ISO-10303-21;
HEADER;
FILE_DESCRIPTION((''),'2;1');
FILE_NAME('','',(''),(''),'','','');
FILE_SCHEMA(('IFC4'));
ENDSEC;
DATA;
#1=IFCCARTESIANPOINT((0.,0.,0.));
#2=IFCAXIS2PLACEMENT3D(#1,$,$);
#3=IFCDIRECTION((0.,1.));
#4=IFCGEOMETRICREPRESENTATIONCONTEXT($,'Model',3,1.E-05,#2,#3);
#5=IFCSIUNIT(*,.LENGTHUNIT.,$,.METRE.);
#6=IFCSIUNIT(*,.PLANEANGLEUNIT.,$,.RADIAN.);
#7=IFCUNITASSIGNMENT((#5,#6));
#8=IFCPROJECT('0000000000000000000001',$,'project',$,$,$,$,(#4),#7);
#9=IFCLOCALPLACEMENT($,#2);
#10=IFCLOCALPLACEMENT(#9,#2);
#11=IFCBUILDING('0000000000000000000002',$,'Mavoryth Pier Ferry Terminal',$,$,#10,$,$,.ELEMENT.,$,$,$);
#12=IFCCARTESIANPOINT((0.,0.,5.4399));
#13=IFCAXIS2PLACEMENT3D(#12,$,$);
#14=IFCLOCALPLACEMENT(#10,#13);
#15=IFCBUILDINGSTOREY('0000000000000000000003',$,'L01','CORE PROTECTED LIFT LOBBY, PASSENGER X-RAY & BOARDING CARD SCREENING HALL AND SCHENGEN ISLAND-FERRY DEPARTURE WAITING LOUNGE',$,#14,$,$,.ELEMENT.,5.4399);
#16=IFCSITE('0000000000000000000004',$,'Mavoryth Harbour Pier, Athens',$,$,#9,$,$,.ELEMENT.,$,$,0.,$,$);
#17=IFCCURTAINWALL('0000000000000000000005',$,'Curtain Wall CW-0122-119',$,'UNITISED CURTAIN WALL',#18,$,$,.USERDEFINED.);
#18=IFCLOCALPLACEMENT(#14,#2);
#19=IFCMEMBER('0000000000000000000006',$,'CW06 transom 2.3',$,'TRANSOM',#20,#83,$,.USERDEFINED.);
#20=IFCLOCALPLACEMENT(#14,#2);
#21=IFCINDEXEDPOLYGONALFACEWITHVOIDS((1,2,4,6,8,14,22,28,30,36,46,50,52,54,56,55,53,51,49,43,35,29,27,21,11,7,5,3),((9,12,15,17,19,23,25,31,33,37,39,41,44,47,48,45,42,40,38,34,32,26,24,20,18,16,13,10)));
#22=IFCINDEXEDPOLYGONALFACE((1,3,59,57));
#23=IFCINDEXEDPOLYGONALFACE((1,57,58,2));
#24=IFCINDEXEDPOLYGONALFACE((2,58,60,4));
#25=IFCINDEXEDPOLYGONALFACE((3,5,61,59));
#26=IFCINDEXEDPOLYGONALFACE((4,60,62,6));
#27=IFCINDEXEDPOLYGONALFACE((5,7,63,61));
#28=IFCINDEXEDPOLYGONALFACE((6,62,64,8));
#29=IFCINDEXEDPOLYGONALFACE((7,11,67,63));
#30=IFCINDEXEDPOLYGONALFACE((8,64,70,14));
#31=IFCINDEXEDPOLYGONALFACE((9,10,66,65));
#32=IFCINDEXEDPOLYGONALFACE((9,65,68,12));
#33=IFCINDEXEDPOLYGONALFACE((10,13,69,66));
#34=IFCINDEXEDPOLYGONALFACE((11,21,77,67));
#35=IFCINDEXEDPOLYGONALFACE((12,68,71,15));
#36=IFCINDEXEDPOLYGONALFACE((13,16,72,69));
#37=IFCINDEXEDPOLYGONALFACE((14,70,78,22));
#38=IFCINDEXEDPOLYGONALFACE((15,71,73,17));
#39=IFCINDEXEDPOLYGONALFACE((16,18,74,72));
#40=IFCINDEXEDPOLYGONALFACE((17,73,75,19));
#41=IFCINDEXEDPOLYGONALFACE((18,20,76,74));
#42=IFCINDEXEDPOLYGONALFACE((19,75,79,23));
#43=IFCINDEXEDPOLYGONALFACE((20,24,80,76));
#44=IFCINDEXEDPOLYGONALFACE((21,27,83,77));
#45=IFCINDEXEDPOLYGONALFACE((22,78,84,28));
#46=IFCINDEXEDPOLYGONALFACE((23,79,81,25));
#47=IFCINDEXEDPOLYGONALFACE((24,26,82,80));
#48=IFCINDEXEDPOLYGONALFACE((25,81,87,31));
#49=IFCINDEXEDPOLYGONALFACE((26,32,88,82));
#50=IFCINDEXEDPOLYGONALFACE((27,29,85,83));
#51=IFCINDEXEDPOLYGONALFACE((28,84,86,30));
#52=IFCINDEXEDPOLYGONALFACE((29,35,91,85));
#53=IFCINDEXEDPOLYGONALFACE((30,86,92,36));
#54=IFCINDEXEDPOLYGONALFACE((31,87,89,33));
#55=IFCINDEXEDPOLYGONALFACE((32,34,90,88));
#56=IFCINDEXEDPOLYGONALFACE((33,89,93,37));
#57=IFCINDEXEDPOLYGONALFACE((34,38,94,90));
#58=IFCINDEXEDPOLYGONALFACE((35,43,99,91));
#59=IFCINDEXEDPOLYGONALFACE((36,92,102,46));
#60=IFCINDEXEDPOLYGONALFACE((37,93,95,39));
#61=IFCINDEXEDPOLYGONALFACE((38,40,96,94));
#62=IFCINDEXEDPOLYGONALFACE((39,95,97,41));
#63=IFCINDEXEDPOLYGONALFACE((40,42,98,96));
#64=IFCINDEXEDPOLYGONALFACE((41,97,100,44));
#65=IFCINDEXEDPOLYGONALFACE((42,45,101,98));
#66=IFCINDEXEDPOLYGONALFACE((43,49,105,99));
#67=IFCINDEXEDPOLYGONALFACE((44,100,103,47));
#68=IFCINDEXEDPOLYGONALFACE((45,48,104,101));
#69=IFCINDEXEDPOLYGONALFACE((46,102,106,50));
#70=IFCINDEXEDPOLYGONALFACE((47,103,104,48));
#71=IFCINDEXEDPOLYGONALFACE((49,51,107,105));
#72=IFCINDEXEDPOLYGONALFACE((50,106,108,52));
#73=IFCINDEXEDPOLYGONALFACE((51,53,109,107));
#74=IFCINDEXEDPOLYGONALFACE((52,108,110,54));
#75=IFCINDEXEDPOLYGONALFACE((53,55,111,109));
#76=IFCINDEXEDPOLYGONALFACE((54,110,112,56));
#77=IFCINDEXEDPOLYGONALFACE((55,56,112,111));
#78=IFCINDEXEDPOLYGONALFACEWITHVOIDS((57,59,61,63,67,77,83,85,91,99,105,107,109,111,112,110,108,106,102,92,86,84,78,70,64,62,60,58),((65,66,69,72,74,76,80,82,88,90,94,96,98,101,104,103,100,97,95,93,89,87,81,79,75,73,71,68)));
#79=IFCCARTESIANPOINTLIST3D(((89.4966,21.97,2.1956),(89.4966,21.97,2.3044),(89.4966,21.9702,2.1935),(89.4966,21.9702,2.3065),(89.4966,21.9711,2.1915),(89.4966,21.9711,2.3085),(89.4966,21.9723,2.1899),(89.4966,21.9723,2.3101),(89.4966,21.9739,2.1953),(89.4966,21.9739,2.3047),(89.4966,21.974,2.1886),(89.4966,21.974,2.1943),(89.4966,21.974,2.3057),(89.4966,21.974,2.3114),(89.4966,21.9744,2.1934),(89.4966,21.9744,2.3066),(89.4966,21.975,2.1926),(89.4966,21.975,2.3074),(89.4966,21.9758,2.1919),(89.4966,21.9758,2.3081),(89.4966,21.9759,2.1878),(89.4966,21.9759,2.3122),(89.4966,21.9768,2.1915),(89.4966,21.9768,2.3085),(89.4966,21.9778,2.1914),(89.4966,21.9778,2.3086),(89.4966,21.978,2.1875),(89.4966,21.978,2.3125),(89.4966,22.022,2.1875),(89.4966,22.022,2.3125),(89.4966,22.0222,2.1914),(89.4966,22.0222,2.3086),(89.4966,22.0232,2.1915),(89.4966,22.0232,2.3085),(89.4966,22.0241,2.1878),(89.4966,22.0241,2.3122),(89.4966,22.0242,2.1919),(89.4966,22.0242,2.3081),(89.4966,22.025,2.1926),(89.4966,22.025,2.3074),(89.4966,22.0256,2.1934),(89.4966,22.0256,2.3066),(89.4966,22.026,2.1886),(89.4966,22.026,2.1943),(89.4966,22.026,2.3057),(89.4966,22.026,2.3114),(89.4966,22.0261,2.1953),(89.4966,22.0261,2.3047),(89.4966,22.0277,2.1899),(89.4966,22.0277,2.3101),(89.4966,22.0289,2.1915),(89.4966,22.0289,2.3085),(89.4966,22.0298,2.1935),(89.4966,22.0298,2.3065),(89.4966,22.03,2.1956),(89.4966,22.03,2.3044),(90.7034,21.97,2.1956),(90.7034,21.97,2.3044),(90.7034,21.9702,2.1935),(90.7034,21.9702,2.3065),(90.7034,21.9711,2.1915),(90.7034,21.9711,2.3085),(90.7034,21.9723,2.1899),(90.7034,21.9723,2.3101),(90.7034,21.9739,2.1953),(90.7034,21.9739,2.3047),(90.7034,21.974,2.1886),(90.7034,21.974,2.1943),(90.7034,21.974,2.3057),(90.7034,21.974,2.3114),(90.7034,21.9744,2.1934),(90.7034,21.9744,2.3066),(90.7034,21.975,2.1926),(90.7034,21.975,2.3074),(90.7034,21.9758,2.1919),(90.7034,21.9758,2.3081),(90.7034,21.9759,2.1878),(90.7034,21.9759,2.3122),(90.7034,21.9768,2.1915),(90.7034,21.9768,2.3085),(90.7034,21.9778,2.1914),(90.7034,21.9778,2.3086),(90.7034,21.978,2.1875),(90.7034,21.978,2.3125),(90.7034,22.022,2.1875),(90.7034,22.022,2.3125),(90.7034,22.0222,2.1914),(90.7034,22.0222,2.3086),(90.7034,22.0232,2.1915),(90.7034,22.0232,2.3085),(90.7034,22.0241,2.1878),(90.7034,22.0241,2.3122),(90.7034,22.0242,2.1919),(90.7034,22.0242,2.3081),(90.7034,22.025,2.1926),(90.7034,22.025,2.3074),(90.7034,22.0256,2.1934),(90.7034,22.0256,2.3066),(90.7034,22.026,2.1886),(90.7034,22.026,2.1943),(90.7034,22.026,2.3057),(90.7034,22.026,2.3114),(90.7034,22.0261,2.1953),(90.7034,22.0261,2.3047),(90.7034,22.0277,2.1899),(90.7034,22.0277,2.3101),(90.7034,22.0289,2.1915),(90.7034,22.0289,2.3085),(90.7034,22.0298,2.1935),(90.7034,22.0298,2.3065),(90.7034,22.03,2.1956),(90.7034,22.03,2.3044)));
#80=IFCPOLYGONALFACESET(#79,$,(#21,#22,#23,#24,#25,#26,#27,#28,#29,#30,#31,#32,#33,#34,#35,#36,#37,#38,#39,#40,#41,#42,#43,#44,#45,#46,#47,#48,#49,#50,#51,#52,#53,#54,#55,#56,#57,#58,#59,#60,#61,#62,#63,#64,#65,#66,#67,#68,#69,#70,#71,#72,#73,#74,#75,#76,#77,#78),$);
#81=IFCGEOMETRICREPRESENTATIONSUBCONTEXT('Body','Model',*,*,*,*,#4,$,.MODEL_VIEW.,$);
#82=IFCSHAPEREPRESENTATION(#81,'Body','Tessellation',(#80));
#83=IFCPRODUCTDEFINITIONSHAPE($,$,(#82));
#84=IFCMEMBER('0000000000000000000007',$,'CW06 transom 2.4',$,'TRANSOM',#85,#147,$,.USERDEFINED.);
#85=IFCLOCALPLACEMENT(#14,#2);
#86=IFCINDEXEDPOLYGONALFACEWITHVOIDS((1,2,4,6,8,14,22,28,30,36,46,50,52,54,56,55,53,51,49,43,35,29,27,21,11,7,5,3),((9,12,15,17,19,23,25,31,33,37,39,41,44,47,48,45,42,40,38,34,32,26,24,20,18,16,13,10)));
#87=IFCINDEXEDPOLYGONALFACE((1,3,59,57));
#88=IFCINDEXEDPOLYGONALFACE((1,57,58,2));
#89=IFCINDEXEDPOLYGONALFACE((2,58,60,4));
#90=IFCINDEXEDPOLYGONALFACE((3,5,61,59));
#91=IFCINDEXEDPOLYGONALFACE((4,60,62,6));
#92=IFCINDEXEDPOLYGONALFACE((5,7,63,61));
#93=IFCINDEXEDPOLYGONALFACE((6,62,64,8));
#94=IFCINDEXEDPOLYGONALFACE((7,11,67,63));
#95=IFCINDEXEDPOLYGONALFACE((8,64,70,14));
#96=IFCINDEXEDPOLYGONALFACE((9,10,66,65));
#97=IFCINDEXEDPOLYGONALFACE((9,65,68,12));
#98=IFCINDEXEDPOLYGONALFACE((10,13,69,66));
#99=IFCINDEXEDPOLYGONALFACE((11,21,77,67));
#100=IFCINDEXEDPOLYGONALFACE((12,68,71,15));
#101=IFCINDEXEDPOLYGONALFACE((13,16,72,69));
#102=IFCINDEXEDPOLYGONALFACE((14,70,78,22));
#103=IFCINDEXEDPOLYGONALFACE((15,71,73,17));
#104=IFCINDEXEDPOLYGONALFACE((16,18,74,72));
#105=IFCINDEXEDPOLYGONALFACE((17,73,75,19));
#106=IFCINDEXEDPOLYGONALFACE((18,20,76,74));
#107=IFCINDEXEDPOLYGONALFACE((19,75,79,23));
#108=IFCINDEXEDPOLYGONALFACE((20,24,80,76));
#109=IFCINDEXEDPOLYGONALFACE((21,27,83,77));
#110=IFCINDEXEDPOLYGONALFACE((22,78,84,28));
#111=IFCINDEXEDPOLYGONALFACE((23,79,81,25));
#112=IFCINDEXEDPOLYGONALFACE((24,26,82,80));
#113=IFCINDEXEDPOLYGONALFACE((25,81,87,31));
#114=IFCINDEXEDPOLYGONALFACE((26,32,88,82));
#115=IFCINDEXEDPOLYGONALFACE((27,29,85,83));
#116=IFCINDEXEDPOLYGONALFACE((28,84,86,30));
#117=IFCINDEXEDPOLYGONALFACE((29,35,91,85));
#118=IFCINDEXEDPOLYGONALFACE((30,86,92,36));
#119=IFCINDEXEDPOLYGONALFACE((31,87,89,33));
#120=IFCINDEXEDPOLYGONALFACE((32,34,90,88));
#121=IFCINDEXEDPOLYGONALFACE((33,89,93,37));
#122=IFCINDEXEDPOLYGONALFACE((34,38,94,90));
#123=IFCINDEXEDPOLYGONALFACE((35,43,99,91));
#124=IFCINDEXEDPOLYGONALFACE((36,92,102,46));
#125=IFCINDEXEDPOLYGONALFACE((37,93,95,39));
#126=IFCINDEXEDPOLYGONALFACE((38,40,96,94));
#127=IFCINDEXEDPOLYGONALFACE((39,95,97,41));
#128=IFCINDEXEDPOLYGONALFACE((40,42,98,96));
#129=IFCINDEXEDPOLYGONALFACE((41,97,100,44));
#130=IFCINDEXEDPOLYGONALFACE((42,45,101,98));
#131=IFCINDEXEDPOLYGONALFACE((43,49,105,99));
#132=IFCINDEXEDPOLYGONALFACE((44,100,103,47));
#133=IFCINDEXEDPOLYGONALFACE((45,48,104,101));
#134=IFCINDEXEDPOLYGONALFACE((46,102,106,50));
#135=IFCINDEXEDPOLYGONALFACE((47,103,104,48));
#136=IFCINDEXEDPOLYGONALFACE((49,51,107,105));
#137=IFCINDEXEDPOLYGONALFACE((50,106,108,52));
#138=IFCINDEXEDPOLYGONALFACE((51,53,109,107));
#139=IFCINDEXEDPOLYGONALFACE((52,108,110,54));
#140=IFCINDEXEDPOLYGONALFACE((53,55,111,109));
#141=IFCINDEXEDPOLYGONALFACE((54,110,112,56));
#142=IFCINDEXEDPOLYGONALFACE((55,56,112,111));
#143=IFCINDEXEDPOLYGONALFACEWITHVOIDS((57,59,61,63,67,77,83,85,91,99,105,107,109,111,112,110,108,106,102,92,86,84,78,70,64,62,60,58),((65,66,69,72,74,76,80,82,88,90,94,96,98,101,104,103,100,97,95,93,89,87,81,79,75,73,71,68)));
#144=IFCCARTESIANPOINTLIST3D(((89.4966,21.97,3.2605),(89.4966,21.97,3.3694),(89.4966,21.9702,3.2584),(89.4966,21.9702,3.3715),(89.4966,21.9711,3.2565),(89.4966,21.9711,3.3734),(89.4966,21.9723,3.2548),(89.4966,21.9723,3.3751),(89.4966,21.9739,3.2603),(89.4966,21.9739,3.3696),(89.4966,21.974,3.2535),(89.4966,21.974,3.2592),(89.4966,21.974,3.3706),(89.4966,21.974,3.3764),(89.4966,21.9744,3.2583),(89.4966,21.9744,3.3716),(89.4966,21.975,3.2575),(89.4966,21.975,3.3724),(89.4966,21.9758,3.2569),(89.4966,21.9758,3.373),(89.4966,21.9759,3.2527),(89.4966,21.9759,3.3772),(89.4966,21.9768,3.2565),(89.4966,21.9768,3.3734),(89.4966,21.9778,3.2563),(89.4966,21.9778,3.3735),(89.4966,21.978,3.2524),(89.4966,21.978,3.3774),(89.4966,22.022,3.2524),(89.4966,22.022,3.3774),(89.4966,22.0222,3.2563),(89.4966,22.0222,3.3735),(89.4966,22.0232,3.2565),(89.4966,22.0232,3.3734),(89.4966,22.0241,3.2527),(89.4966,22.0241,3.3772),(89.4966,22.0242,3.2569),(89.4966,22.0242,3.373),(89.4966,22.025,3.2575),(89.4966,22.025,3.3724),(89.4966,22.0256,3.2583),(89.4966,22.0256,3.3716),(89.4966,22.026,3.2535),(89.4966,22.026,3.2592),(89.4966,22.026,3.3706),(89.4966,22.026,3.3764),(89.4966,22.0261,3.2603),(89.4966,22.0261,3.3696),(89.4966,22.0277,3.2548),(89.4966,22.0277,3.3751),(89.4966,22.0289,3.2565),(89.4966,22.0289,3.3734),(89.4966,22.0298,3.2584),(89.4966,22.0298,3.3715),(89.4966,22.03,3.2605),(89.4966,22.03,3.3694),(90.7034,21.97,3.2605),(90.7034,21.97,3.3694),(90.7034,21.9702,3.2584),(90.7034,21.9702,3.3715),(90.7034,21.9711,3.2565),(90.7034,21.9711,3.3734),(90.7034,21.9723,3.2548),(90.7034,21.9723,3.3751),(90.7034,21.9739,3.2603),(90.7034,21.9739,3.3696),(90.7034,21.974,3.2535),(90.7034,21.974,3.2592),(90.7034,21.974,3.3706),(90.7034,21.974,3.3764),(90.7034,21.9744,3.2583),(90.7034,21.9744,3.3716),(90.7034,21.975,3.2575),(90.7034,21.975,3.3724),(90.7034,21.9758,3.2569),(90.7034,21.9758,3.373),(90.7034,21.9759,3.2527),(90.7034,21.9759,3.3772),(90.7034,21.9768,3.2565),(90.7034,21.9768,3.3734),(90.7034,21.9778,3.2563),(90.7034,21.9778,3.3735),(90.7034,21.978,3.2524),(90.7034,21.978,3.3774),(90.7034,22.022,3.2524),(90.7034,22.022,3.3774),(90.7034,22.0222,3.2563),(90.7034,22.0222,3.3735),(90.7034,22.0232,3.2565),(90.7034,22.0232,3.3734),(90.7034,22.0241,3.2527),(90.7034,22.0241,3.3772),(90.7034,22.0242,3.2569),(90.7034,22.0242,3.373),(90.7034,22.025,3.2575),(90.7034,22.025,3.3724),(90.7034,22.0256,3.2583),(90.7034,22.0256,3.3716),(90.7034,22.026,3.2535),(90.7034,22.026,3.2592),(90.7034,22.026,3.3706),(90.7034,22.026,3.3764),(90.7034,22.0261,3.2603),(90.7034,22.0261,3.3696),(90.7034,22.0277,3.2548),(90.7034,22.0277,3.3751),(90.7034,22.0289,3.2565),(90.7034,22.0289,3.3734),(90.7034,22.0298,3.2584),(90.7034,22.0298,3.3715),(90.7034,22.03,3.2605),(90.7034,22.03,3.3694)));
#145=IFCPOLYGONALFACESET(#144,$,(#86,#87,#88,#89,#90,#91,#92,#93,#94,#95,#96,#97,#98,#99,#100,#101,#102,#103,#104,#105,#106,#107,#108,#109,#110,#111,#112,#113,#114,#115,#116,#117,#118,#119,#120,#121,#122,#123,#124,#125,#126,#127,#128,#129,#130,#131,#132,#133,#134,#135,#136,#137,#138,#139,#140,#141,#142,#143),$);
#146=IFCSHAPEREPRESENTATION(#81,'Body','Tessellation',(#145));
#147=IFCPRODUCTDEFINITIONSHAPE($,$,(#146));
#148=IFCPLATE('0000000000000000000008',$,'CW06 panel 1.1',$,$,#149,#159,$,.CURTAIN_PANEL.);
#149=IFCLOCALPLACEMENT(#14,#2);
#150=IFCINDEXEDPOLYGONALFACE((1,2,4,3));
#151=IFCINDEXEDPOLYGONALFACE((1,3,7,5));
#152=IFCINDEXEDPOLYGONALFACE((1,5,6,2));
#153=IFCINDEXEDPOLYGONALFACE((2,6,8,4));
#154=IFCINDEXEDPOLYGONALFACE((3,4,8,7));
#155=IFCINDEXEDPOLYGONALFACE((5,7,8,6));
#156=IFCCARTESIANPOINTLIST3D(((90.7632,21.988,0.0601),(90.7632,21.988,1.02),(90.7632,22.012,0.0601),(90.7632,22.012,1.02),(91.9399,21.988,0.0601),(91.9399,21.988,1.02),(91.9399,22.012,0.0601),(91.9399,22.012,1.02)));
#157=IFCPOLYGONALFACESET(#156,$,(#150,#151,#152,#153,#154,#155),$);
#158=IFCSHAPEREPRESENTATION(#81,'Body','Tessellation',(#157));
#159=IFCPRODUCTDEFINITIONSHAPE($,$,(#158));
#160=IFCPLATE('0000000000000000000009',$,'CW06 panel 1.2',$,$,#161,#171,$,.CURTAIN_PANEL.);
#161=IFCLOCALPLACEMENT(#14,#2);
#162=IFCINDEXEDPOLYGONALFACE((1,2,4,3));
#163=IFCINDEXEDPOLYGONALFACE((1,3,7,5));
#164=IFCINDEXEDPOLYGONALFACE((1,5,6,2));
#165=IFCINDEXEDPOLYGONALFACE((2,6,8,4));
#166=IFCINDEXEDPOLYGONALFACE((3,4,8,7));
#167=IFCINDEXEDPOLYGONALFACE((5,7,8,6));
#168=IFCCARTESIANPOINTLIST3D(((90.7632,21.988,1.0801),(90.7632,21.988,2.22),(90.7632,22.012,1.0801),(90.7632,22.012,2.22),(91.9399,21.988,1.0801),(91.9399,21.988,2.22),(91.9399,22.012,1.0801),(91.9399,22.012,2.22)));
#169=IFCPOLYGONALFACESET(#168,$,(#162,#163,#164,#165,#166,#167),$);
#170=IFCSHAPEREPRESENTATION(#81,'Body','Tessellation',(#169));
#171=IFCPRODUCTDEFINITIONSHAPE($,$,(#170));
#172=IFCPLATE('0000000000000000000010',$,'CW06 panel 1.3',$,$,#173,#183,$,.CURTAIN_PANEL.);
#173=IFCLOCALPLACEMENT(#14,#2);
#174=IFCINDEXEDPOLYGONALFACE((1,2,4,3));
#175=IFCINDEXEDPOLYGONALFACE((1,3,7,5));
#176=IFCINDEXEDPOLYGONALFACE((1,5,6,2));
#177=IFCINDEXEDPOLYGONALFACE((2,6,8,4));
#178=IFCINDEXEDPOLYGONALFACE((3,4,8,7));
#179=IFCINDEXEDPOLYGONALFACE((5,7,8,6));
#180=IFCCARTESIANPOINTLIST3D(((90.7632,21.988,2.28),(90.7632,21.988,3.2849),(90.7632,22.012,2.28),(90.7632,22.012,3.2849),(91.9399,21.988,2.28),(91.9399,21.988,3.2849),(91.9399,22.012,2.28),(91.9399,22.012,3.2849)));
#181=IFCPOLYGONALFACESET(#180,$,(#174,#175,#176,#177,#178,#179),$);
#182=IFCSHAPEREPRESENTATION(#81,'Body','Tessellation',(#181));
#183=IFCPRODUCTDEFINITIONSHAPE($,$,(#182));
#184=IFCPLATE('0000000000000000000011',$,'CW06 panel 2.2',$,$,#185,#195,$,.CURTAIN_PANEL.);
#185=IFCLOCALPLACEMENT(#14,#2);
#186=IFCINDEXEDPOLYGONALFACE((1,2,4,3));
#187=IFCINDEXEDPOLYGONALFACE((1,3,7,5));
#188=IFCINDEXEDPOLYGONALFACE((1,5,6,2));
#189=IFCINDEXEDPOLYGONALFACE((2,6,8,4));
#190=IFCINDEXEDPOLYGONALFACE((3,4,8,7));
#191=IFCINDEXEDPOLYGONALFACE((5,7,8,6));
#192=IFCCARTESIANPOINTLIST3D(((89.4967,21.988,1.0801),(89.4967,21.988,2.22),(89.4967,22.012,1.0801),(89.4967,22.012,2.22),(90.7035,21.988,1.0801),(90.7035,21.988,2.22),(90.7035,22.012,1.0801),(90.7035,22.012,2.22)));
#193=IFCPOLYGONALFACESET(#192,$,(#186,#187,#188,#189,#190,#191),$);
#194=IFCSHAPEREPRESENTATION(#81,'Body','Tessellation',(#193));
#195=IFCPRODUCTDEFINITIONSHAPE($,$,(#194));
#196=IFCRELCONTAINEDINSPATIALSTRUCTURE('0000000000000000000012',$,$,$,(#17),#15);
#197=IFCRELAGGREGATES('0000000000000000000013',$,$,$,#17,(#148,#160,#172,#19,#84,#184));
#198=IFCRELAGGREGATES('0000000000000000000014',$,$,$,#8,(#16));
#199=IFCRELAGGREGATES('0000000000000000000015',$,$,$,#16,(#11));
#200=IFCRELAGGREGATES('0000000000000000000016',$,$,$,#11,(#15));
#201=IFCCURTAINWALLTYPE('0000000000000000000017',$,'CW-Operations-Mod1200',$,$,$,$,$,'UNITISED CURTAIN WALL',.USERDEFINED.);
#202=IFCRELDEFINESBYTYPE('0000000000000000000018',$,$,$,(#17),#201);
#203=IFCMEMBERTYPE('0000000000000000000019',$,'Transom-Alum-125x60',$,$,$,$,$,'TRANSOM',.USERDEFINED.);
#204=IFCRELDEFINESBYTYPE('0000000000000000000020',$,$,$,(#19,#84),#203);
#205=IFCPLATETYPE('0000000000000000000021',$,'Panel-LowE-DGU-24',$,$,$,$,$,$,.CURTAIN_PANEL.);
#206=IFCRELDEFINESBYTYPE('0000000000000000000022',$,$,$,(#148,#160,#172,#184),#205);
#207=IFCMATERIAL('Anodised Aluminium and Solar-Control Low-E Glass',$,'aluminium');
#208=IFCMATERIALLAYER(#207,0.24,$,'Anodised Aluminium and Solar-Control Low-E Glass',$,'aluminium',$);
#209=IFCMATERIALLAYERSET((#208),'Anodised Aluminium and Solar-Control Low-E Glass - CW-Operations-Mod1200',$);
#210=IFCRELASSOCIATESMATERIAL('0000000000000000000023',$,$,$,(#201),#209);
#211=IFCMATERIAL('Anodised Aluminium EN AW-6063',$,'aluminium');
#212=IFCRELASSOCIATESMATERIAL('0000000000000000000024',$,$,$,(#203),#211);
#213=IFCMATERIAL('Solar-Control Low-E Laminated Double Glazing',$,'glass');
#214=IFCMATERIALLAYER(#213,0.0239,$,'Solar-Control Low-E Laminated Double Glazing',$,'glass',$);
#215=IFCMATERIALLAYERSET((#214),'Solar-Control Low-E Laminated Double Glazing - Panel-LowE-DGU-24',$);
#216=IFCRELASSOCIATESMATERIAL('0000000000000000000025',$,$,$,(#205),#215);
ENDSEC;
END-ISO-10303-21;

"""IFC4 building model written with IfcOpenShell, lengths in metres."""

from ifc_helpers import new_model, si_unit, direction, frame, origin, origin_2d, place, context, subcontext, project, spatial, rectangle, hollow_rectangle, extrude, material, layer, layer_set, material_profile, profile_set, type_object, element, aggregate, save


model = new_model("IFC4")

# Units and contexts
model_context = context("Model", 3, precision=1e-05, world=origin(), true_north=direction((0.0, 1.0)))
body_context = subcontext(model_context, "Body", "Model", "MODEL_VIEW")
ifc_project = project(units=[si_unit("LENGTHUNIT", "METRE"), si_unit("PLANEANGLEUNIT", "RADIAN")], contexts=[model_context])

# Site, building, storey
site_placement = place(None, origin())
site = spatial("IfcSite", under=ifc_project, at=site_placement, Name="Mavoryth Harbour Pier, Athens", CompositionType="ELEMENT", RefElevation=0.0)
building_placement = place(site_placement, origin())
building = spatial("IfcBuilding", under=site, at=building_placement, Name="Mavoryth Pier Ferry Terminal", CompositionType="ELEMENT")
storey_placement = place(building_placement, frame((0.0, 0.0, 5.4399)))
storey = spatial("IfcBuildingStorey", under=building, at=storey_placement, Name="L01", Description="CORE PROTECTED LIFT LOBBY, PASSENGER X-RAY & BOARDING CARD SCREENING HALL AND SCHENGEN ISLAND-FERRY DEPARTURE WAITING LOUNGE", CompositionType="ELEMENT", Elevation=5.4399)

# Curtain wall
ifc_material_1 = material(Name="Anodised Aluminium and Solar-Control Low-E Glass", Category="aluminium")
ifc_layer_1 = layer(ifc_material_1, 0.24, Name="Anodised Aluminium and Solar-Control Low-E Glass", Category="aluminium")
ifc_layer_set_1 = layer_set([ifc_layer_1], Name="Anodised Aluminium and Solar-Control Low-E Glass - CW-Operations-Mod1200")
curtain_wall_type = type_object("IfcCurtainWallType", Name="CW-Operations-Mod1200", ElementType="UNITISED CURTAIN WALL", PredefinedType="USERDEFINED", material=ifc_layer_set_1)
curtain_wall_placement = place(storey_placement, origin())
curtain_wall = element("IfcCurtainWall", 1, at=curtain_wall_placement, inside=storey, type_object=curtain_wall_type, Name="Curtain Wall CW-0122-119", ObjectType="UNITISED CURTAIN WALL", PredefinedType="USERDEFINED")
ifc_material_2 = material(Name="Anodised Aluminium EN AW-6063", Category="aluminium")

# Members
ifc_material_profile_1 = material_profile(ifc_material_2, hollow_rectangle(XDim=0.0601, YDim=0.125, WallThickness=0.0039, InnerFilletRadius=0.0039, OuterFilletRadius=0.0081, at=origin_2d()), Name="AL-TRAN 125x60x4", Category="aluminium")
ifc_profile_set_1 = profile_set([ifc_material_profile_1], Name="Anodised Aluminium EN AW-6063 - AL-TRAN 125x60x4")
member_type_1 = type_object("IfcMemberType", Name="Transom-Alum-125x60", ElementType="TRANSOM", PredefinedType="USERDEFINED", material=ifc_profile_set_1)
member_1_placement = place(storey_placement, frame((90.7034, 22.0, 2.25), z_axis=(-1.0, 0.0, 0.0), x_axis=(0.0, -1.0, 0.0)))
member_1 = element("IfcMember", 2, at=member_1_placement, type_object=member_type_1, Name="CW06 transom 2.3", ObjectType="TRANSOM", PredefinedType="USERDEFINED", context=body_context, shape_type="SweptSolid", body=[
    extrude(hollow_rectangle(XDim=0.0601, YDim=0.125, WallThickness=0.0039, InnerFilletRadius=0.0039, OuterFilletRadius=0.0081, at=origin_2d()), origin(), (0.0, 0.0, 1.0), 1.2068),
])
member_2_placement = place(storey_placement, frame((90.7034, 22.0, 3.3149), z_axis=(-1.0, 0.0, 0.0), x_axis=(0.0, -1.0, 0.0)))
member_2 = element("IfcMember", 3, at=member_2_placement, type_object=member_type_1, Name="CW06 transom 2.4", ObjectType="TRANSOM", PredefinedType="USERDEFINED", context=body_context, shape_type="SweptSolid", body=[
    extrude(hollow_rectangle(XDim=0.0601, YDim=0.125, WallThickness=0.0039, InnerFilletRadius=0.0039, OuterFilletRadius=0.0081, at=origin_2d()), origin(), (0.0, 0.0, 1.0), 1.2068),
])

# Plates
ifc_material_3 = material(Name="Solar-Control Low-E Laminated Double Glazing", Category="glass")
ifc_layer_2 = layer(ifc_material_3, 0.0239, Name="Solar-Control Low-E Laminated Double Glazing", Category="glass")
ifc_layer_set_2 = layer_set([ifc_layer_2], Name="Solar-Control Low-E Laminated Double Glazing - Panel-LowE-DGU-24")
plate_type = type_object("IfcPlateType", Name="Panel-LowE-DGU-24", PredefinedType="CURTAIN_PANEL", material=ifc_layer_set_2)
plate_1_placement = place(storey_placement, frame((91.3516, 22.0, 0.0601), z_axis=(0.0, 0.0, 1.0), x_axis=(-1.0, 0.0, 0.0)))
plate_1 = element("IfcPlate", 4, at=plate_1_placement, type_object=plate_type, Name="CW06 panel 1.1", PredefinedType="CURTAIN_PANEL", context=body_context, shape_type="SweptSolid", body=[
    extrude(rectangle(XDim=1.1768, YDim=0.0239, at=origin_2d()), origin(), (0.0, 0.0, 1.0), 0.96),
])
plate_2_placement = place(storey_placement, frame((91.3516, 22.0, 1.0801), z_axis=(0.0, 0.0, 1.0), x_axis=(-1.0, 0.0, 0.0)))
plate_2 = element("IfcPlate", 5, at=plate_2_placement, type_object=plate_type, Name="CW06 panel 1.2", PredefinedType="CURTAIN_PANEL", context=body_context, shape_type="SweptSolid", body=[
    extrude(rectangle(XDim=1.1768, YDim=0.0239, at=origin_2d()), origin(), (0.0, 0.0, 1.0), 1.1399),
])
plate_3_placement = place(storey_placement, frame((91.3516, 22.0, 2.28), z_axis=(0.0, 0.0, 1.0), x_axis=(-1.0, 0.0, 0.0)))
plate_3 = element("IfcPlate", 6, at=plate_3_placement, type_object=plate_type, Name="CW06 panel 1.3", PredefinedType="CURTAIN_PANEL", context=body_context, shape_type="SweptSolid", body=[
    extrude(rectangle(XDim=1.1768, YDim=0.0239, at=origin_2d()), origin(), (0.0, 0.0, 1.0), 1.0049),
])
plate_4_placement = place(storey_placement, frame((90.1001, 22.0, 1.0801), z_axis=(0.0, 0.0, 1.0), x_axis=(-1.0, 0.0, 0.0)))
plate_4 = element("IfcPlate", 7, at=plate_4_placement, type_object=plate_type, Name="CW06 panel 2.2", PredefinedType="CURTAIN_PANEL", context=body_context, shape_type="SweptSolid", body=[
    extrude(rectangle(XDim=1.2068, YDim=0.0239, at=origin_2d()), origin(), (0.0, 0.0, 1.0), 1.1399),
])
aggregate(curtain_wall, [plate_1, plate_2, plate_3, member_1, member_2, plate_4])

save(model, "model.ifc")
